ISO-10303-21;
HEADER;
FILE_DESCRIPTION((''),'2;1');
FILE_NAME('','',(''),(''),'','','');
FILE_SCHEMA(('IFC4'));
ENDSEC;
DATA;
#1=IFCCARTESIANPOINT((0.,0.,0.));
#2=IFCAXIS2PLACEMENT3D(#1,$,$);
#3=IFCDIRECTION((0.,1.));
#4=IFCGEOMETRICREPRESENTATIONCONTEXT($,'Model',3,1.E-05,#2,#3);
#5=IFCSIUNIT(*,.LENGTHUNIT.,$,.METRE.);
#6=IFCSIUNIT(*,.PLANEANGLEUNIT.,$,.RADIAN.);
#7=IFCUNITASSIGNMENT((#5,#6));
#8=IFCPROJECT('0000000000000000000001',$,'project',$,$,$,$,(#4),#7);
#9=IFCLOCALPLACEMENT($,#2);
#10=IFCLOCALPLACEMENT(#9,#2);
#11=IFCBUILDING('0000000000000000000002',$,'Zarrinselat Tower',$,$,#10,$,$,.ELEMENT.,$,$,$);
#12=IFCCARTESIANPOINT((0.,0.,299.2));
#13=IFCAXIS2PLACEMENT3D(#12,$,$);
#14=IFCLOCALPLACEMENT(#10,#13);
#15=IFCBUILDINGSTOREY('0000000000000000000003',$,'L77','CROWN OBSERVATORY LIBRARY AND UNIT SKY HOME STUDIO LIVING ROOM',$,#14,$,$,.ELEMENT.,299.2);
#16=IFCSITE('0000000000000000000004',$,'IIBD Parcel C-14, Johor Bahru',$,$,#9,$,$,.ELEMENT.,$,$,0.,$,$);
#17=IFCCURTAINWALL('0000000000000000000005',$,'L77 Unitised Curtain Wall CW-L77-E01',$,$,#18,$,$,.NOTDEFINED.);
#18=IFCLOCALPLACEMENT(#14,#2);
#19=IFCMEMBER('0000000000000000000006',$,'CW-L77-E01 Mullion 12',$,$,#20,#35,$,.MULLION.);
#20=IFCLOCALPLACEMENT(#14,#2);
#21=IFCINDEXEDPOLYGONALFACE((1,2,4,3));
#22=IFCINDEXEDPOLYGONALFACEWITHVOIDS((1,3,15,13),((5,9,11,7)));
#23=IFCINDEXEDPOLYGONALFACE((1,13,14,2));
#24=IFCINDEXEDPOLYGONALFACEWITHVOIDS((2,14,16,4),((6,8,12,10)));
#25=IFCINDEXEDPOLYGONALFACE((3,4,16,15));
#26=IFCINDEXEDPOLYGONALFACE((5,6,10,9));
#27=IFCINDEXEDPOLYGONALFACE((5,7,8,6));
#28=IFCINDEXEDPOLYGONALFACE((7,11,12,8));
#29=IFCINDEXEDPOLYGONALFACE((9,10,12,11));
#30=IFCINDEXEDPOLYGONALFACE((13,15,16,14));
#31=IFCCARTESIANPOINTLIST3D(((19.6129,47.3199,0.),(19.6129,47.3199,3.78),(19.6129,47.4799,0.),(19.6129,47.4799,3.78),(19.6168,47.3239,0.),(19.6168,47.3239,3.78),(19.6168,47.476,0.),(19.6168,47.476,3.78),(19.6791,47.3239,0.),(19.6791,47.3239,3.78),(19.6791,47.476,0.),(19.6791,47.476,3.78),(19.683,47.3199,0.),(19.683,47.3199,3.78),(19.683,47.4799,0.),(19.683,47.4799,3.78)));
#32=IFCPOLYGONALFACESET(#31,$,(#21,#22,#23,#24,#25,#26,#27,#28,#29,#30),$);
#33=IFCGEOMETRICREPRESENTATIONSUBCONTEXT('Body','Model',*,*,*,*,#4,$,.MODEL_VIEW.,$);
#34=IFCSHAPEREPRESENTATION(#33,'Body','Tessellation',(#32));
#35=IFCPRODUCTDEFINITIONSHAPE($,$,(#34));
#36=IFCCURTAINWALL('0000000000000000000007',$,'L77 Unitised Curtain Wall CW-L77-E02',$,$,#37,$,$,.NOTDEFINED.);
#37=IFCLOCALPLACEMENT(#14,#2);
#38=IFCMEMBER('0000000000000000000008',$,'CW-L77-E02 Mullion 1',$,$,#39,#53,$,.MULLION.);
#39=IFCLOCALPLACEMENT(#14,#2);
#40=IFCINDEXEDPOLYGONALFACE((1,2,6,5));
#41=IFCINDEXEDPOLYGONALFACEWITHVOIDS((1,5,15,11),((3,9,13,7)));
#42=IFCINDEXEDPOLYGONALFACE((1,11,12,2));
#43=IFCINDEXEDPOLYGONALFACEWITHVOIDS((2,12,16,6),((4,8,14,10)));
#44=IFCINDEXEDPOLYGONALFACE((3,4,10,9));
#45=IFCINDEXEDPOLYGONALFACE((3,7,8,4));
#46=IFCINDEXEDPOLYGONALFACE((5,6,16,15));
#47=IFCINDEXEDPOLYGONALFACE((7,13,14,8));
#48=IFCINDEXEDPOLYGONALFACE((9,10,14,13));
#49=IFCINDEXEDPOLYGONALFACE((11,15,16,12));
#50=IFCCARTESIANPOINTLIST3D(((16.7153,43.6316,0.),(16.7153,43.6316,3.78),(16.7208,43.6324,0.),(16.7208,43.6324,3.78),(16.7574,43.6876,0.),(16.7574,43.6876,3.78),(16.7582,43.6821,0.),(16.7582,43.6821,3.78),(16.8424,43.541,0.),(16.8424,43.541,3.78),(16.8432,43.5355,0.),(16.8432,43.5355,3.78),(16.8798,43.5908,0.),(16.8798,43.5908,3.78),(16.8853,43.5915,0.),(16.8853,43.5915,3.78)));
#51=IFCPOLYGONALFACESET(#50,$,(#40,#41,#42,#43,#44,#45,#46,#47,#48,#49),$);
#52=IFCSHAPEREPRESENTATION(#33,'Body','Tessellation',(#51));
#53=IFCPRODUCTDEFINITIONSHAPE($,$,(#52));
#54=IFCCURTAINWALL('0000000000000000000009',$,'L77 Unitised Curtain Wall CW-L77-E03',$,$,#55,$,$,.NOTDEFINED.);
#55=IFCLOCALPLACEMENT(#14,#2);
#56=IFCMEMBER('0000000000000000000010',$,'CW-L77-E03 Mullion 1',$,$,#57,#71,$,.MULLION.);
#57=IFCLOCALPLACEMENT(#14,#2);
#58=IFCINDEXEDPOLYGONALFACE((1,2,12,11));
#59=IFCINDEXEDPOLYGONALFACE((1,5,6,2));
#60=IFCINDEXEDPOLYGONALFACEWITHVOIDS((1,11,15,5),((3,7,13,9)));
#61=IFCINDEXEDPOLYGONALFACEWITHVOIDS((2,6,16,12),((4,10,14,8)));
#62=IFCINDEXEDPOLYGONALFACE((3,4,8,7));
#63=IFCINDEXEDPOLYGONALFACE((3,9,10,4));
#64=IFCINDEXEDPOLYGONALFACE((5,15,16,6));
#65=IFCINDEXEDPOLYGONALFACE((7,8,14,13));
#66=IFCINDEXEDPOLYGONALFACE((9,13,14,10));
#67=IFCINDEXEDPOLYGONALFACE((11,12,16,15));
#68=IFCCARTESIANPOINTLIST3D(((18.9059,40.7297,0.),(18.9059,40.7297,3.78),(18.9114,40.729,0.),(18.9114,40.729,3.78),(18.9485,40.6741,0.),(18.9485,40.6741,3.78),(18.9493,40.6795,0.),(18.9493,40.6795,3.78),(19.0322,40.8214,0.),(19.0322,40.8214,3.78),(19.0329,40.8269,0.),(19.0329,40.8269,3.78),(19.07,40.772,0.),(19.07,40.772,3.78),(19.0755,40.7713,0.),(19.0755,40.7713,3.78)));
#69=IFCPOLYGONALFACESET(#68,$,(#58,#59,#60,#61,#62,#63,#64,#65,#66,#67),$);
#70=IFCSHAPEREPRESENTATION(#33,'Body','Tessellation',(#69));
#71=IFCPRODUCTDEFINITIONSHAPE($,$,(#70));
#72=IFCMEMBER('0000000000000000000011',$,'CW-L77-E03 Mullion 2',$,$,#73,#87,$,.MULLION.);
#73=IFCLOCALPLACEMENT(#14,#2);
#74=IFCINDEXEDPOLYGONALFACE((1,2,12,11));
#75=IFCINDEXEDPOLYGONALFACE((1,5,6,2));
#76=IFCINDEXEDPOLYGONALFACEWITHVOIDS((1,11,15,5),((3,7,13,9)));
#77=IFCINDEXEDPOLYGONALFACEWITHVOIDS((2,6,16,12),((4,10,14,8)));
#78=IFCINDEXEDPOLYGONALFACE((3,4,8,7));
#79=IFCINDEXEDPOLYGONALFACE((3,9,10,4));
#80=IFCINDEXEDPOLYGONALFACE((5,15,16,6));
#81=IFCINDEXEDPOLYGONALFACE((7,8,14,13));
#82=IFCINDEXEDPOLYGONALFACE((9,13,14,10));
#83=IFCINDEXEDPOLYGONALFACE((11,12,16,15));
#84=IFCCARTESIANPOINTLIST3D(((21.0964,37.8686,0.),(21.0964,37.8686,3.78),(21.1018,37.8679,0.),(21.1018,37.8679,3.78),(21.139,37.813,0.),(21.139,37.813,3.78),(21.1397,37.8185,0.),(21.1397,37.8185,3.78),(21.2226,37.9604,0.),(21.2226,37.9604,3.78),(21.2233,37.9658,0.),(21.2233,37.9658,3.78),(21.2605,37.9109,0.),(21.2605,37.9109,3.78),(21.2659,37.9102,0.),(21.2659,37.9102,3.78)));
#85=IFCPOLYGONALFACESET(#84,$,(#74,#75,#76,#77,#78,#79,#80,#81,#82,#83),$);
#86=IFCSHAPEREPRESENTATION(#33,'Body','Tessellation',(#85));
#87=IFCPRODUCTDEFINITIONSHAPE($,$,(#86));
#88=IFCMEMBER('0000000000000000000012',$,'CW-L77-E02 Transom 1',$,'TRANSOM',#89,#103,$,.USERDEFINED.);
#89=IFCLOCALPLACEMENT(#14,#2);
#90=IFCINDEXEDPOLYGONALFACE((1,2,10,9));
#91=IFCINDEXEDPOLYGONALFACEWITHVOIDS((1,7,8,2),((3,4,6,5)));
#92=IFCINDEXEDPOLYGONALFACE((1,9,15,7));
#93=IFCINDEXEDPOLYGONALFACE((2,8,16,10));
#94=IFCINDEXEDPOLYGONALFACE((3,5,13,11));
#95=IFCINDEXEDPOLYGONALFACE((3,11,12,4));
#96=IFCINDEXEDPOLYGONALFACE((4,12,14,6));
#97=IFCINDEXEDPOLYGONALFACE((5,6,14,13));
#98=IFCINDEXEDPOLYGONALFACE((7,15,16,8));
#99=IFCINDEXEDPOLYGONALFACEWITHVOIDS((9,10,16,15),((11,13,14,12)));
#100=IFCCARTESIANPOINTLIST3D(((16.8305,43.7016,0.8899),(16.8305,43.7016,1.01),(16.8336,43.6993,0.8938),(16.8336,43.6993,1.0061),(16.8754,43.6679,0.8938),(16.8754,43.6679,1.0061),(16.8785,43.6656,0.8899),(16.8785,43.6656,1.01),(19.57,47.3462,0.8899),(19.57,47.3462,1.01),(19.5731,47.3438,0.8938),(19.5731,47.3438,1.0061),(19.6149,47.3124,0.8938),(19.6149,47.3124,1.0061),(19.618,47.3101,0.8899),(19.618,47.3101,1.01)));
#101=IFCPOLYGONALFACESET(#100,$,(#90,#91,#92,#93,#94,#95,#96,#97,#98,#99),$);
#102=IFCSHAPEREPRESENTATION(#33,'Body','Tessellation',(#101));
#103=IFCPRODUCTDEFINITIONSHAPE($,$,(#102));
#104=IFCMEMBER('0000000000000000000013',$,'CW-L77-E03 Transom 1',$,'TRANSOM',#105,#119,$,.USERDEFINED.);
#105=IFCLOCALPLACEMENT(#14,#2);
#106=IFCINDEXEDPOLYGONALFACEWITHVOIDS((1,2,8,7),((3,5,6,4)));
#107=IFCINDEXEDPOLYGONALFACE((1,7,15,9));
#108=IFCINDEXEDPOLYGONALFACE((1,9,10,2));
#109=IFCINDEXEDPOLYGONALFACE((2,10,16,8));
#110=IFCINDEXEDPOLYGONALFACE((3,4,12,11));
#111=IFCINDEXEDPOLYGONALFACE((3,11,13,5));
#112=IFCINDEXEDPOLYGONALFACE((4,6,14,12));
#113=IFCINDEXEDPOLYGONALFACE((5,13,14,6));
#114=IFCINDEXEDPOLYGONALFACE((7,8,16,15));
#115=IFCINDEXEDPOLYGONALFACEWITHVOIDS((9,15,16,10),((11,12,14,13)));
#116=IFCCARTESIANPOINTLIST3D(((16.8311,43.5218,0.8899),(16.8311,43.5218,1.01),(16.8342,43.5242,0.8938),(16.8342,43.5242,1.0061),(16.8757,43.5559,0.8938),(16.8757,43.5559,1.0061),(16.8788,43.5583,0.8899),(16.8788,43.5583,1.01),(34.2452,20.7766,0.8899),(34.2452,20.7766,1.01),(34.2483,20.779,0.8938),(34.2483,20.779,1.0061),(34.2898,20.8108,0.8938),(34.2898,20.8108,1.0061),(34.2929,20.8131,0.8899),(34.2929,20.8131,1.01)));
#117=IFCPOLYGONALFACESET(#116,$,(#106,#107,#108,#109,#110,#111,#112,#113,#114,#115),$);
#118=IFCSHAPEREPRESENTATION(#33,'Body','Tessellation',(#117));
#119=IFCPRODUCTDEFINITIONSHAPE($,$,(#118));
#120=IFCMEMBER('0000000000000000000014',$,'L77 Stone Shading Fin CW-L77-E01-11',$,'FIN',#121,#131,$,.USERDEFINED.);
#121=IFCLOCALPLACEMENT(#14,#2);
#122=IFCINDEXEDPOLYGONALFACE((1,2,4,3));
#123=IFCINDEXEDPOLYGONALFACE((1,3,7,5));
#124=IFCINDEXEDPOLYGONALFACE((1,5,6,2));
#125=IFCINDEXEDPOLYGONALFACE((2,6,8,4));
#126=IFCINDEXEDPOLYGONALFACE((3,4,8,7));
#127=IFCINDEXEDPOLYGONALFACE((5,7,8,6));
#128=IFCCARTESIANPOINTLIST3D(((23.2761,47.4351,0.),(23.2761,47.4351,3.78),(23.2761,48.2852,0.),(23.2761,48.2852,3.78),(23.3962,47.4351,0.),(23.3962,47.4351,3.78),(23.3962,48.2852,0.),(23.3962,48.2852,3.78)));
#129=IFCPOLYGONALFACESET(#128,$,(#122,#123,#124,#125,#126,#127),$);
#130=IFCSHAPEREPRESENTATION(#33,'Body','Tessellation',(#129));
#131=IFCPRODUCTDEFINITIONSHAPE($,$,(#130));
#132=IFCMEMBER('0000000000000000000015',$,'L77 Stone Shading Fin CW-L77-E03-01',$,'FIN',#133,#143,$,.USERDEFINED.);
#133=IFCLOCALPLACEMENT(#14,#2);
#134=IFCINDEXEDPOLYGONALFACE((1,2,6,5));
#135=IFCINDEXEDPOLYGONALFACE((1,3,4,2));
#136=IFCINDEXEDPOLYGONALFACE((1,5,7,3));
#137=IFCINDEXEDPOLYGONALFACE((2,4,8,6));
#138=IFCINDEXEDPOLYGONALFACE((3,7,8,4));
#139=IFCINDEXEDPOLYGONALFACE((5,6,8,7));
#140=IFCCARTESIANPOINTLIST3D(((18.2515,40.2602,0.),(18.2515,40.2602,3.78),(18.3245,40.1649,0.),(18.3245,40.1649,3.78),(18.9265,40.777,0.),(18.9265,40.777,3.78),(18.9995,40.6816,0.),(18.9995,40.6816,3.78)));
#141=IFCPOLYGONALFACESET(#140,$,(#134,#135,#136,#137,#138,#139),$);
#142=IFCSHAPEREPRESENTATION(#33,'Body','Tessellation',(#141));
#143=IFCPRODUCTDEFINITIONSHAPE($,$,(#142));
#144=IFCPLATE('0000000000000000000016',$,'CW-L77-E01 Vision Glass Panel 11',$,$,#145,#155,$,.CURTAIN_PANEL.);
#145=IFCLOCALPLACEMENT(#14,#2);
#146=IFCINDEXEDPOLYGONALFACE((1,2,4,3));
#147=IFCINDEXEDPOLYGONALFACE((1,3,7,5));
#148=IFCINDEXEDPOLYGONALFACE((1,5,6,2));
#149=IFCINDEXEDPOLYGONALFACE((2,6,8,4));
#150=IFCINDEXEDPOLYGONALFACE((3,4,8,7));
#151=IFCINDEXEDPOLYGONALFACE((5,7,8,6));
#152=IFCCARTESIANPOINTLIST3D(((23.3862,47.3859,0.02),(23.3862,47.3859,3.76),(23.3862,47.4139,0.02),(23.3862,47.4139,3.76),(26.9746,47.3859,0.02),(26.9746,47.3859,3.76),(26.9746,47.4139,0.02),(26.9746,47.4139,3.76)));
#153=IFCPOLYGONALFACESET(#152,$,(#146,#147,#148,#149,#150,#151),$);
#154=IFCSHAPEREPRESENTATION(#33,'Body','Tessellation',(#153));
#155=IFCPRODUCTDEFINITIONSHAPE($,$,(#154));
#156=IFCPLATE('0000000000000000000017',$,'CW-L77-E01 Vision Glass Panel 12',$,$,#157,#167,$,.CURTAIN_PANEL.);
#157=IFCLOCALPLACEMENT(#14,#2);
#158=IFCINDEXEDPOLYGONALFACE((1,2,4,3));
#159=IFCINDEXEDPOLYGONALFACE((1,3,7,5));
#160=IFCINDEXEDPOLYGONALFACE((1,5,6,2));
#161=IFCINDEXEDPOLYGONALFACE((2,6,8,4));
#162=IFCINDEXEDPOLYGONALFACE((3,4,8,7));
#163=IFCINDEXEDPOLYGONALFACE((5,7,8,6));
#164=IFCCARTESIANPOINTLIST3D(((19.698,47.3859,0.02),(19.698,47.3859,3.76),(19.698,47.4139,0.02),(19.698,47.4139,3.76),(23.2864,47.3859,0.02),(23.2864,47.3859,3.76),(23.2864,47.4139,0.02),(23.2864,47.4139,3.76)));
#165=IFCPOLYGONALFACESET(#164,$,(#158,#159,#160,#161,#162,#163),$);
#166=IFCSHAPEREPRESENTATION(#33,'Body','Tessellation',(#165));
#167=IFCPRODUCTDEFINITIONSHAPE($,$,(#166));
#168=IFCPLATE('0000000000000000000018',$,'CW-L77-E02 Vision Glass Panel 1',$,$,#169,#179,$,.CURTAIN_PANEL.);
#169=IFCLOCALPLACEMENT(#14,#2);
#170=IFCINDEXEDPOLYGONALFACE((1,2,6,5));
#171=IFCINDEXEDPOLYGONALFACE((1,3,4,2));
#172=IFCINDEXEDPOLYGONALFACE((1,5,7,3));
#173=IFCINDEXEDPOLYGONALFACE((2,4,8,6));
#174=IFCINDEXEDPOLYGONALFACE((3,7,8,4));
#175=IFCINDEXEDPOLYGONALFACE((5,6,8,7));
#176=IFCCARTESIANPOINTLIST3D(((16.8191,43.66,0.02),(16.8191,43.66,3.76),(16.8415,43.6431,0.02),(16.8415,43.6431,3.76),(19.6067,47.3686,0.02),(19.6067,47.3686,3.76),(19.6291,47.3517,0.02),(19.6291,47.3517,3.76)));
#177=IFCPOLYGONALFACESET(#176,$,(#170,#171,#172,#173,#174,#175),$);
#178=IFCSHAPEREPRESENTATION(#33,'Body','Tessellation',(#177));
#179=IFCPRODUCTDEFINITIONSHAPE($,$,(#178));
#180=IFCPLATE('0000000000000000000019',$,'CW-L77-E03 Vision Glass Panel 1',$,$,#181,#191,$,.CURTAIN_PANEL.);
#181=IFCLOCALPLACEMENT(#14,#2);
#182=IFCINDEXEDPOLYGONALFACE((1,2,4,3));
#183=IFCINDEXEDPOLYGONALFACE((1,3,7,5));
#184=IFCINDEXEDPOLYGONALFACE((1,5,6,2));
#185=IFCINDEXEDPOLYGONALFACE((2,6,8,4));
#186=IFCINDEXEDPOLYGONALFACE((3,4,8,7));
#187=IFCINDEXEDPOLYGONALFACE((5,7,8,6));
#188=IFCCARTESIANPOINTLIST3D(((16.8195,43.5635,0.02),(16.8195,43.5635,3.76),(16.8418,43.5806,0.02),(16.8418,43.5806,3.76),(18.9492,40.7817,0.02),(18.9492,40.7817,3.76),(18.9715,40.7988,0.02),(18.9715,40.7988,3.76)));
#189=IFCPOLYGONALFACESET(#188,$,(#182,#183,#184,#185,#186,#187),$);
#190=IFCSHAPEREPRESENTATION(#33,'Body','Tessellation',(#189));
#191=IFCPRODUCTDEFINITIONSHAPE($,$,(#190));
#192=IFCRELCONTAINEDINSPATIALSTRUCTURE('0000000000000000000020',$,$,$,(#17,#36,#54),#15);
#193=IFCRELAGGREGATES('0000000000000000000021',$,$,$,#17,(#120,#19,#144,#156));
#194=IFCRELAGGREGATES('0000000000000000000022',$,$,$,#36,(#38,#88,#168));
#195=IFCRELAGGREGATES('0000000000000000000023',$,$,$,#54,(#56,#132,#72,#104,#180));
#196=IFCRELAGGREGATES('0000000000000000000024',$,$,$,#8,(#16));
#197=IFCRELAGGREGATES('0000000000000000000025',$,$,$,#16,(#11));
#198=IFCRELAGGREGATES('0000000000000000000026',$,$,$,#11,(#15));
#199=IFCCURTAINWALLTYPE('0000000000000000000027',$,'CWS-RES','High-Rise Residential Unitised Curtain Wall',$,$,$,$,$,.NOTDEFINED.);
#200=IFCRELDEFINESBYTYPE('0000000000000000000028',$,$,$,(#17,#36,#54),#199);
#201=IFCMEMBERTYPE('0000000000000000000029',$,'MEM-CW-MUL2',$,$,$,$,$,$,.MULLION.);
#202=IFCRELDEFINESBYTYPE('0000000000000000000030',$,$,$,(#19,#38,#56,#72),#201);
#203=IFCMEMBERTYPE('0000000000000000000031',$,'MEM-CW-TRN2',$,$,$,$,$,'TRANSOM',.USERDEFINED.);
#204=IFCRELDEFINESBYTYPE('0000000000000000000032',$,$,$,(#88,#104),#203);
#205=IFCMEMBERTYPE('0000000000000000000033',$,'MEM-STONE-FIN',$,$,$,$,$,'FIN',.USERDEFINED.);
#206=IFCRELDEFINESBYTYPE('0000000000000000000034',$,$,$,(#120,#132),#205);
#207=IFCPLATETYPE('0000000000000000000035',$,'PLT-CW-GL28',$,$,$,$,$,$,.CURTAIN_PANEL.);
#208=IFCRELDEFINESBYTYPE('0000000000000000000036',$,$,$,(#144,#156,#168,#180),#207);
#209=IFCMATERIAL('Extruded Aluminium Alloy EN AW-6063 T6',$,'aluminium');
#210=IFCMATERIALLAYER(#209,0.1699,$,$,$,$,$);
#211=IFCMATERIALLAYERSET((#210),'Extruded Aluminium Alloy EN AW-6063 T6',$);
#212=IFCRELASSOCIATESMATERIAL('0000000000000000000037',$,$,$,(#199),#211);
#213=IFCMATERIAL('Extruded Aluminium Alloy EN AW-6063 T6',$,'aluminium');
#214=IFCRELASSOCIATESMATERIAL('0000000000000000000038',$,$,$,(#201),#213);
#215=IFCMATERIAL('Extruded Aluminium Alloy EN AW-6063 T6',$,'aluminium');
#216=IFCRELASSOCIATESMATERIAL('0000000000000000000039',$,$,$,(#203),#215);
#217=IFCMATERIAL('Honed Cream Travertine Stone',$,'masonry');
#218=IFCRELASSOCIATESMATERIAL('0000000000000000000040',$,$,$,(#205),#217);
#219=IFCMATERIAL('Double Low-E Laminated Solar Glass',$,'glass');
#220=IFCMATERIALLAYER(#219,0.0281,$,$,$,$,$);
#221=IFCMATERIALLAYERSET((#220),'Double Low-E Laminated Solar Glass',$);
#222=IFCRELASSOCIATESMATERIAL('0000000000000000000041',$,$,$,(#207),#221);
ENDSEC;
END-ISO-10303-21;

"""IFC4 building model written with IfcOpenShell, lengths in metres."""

from ifc_helpers import new_model, si_unit, direction, frame, origin, origin_2d, place, context, subcontext, project, spatial, rectangle, hollow_rectangle, extrude, material, layer, layer_set, material_profile, profile_set, type_object, element, aggregate, save


model = new_model("IFC4")

# Units and contexts
model_context = context("Model", 3, precision=1e-05, world=origin(), true_north=direction((0.0, 1.0)))
body_context = subcontext(model_context, "Body", "Model", "MODEL_VIEW")
ifc_project = project(units=[si_unit("LENGTHUNIT", "METRE"), si_unit("PLANEANGLEUNIT", "RADIAN")], contexts=[model_context])

# Site, building, storey
site_placement = place(None, origin())
site = spatial("IfcSite", under=ifc_project, at=site_placement, Name="IIBD Parcel C-14, Johor Bahru", CompositionType="ELEMENT", RefElevation=0.0)
building_placement = place(site_placement, origin())
building = spatial("IfcBuilding", under=site, at=building_placement, Name="Zarrinselat Tower", CompositionType="ELEMENT")
storey_placement = place(building_placement, frame((0.0, 0.0, 299.2)))
storey = spatial("IfcBuildingStorey", under=building, at=storey_placement, Name="L77", Description="CROWN OBSERVATORY LIBRARY AND UNIT SKY HOME STUDIO LIVING ROOM", CompositionType="ELEMENT", Elevation=299.2)

# Curtain wall, member
ifc_material_1 = material(Name="Extruded Aluminium Alloy EN AW-6063 T6", Category="aluminium")
ifc_layer_1 = layer(ifc_material_1, 0.1699)
ifc_layer_set_1 = layer_set([ifc_layer_1], Name="Extruded Aluminium Alloy EN AW-6063 T6")
curtain_wall_type = type_object("IfcCurtainWallType", Name="CWS-RES", Description="High-Rise Residential Unitised Curtain Wall", PredefinedType="NOTDEFINED", material=ifc_layer_set_1)
curtain_wall_1_placement = place(storey_placement, origin())
curtain_wall_1 = element("IfcCurtainWall", 1, at=curtain_wall_1_placement, inside=storey, type_object=curtain_wall_type, Name="L77 Unitised Curtain Wall CW-L77-E01", PredefinedType="NOTDEFINED")
ifc_material_2 = material(Name="Extruded Aluminium Alloy EN AW-6063 T6", Category="aluminium")
ifc_material_profile_1 = material_profile(ifc_material_2, hollow_rectangle(XDim=0.0701, YDim=0.1599, WallThickness=0.0039, at=origin_2d()), Name="RHS 160x70x4")
ifc_profile_set_1 = profile_set([ifc_material_profile_1], Name="Extruded Aluminium Alloy EN AW-6063 T6")
member_type_1 = type_object("IfcMemberType", Name="MEM-CW-MUL2", PredefinedType="MULLION", material=ifc_profile_set_1)
member_1_placement = place(storey_placement, frame((19.6479, 47.3999, 0.0), z_axis=(0.0, 0.0, 1.0), x_axis=(-1.0, 0.0, 0.0)))
member_1 = element("IfcMember", 2, at=member_1_placement, type_object=member_type_1, Name="CW-L77-E01 Mullion 12", PredefinedType="MULLION", context=body_context, shape_type="SweptSolid", body=[
    extrude(hollow_rectangle(XDim=0.0701, YDim=0.1599, WallThickness=0.0039, at=origin_2d()), origin(), (0.0, 0.0, 1.0), 3.78),
])

# Curtain wall, member
curtain_wall_2_placement = place(storey_placement, origin())
curtain_wall_2 = element("IfcCurtainWall", 3, at=curtain_wall_2_placement, inside=storey, type_object=curtain_wall_type, Name="L77 Unitised Curtain Wall CW-L77-E02", PredefinedType="NOTDEFINED")
member_2_placement = place(storey_placement, frame((16.8003, 43.6116, 0.0), z_axis=(0.0, 0.0, 1.0), x_axis=(-0.60085, -0.799361, 0.0)))
member_2 = element("IfcMember", 4, at=member_2_placement, type_object=member_type_1, Name="CW-L77-E02 Mullion 1", PredefinedType="MULLION", context=body_context, shape_type="SweptSolid", body=[
    extrude(hollow_rectangle(XDim=0.0701, YDim=0.1599, WallThickness=0.0039, at=origin_2d()), origin(), (0.0, 0.0, 1.0), 3.78),
])

# Curtain wall, members
curtain_wall_3_placement = place(storey_placement, origin())
curtain_wall_3 = element("IfcCurtainWall", 5, at=curtain_wall_3_placement, inside=storey, type_object=curtain_wall_type, Name="L77 Unitised Curtain Wall CW-L77-E03", PredefinedType="NOTDEFINED")
member_3_placement = place(storey_placement, frame((18.9907, 40.7505, 0.0), z_axis=(0.0, 0.0, 1.0), x_axis=(0.607898, -0.794015, 0.0)))
member_3 = element("IfcMember", 6, at=member_3_placement, type_object=member_type_1, Name="CW-L77-E03 Mullion 1", PredefinedType="MULLION", context=body_context, shape_type="SweptSolid", body=[
    extrude(hollow_rectangle(XDim=0.0701, YDim=0.1599, WallThickness=0.0039, at=origin_2d()), origin(), (0.0, 0.0, 1.0), 3.78),
])
member_4_placement = place(storey_placement, frame((21.1812, 37.8894, 0.0), z_axis=(0.0, 0.0, 1.0), x_axis=(0.607898, -0.794015, 0.0)))
member_4 = element("IfcMember", 7, at=member_4_placement, type_object=member_type_1, Name="CW-L77-E03 Mullion 2", PredefinedType="MULLION", context=body_context, shape_type="SweptSolid", body=[
    extrude(hollow_rectangle(XDim=0.0701, YDim=0.1599, WallThickness=0.0039, at=origin_2d()), origin(), (0.0, 0.0, 1.0), 3.78),
])

# Members
ifc_material_3 = material(Name="Extruded Aluminium Alloy EN AW-6063 T6", Category="aluminium")
ifc_material_profile_2 = material_profile(ifc_material_3, hollow_rectangle(XDim=0.0601, YDim=0.1201, WallThickness=0.0039, at=origin_2d()), Name="RHS 120x60x4")
ifc_profile_set_2 = profile_set([ifc_material_profile_2], Name="Extruded Aluminium Alloy EN AW-6063 T6")
member_type_2 = type_object("IfcMemberType", Name="MEM-CW-TRN2", ElementType="TRANSOM", PredefinedType="USERDEFINED", material=ifc_profile_set_2)
member_5_placement = place(storey_placement, frame((19.594, 47.3281, 0.95), z_axis=(-0.600856, -0.799357, 0.0), x_axis=(0.799357, -0.600856, 0.0)))
member_5 = element("IfcMember", 8, at=member_5_placement, type_object=member_type_2, Name="CW-L77-E02 Transom 1", ObjectType="TRANSOM", PredefinedType="USERDEFINED", context=body_context, shape_type="SweptSolid", body=[
    extrude(hollow_rectangle(XDim=0.0601, YDim=0.1201, WallThickness=0.0039, at=origin_2d()), origin(), (0.0, 0.0, 1.0), 4.5593),
])
member_6_placement = place(storey_placement, frame((16.855, 43.54, 0.95), z_axis=(0.607907, -0.794008, 0.0), x_axis=(0.794008, 0.607907, 0.0)))
member_6 = element("IfcMember", 9, at=member_6_placement, type_object=member_type_2, Name="CW-L77-E03 Transom 1", ObjectType="TRANSOM", PredefinedType="USERDEFINED", context=body_context, shape_type="SweptSolid", body=[
    extrude(hollow_rectangle(XDim=0.0601, YDim=0.1201, WallThickness=0.0039, at=origin_2d()), origin(), (0.0, 0.0, 1.0), 28.646),
])
ifc_material_4 = material(Name="Honed Cream Travertine Stone", Category="masonry")
ifc_material_profile_3 = material_profile(ifc_material_4, rectangle(XDim=0.1201, YDim=0.8501, at=origin_2d()), Name="FIN 850x120")
ifc_profile_set_3 = profile_set([ifc_material_profile_3], Name="Honed Cream Travertine Stone")
member_type_3 = type_object("IfcMemberType", Name="MEM-STONE-FIN", ElementType="FIN", PredefinedType="USERDEFINED", material=ifc_profile_set_3)
member_7_placement = place(storey_placement, frame((23.3362, 47.8601, 0.0), z_axis=(0.0, 0.0, 1.0), x_axis=(1.0, 0.0, 0.0)))
member_7 = element("IfcMember", 10, at=member_7_placement, type_object=member_type_3, Name="L77 Stone Shading Fin CW-L77-E01-11", ObjectType="FIN", PredefinedType="USERDEFINED", context=body_context, shape_type="SweptSolid", body=[
    extrude(rectangle(XDim=0.1201, YDim=0.8501, at=origin_2d()), origin(), (0.0, 0.0, 1.0), 3.78),
])
member_8_placement = place(storey_placement, frame((18.6255, 40.4709, 0.0), z_axis=(0.0, 0.0, 1.0), x_axis=(-0.607898, 0.794015, 0.0)))
member_8 = element("IfcMember", 11, at=member_8_placement, type_object=member_type_3, Name="L77 Stone Shading Fin CW-L77-E03-01", ObjectType="FIN", PredefinedType="USERDEFINED", context=body_context, shape_type="SweptSolid", body=[
    extrude(rectangle(XDim=0.1201, YDim=0.8501, at=origin_2d()), origin(), (0.0, 0.0, 1.0), 3.78),
])

# Plates
ifc_material_5 = material(Name="Double Low-E Laminated Solar Glass", Category="glass")
ifc_layer_2 = layer(ifc_material_5, 0.0281)
ifc_layer_set_2 = layer_set([ifc_layer_2], Name="Double Low-E Laminated Solar Glass")
plate_type = type_object("IfcPlateType", Name="PLT-CW-GL28", PredefinedType="CURTAIN_PANEL", material=ifc_layer_set_2)
plate_1_placement = place(storey_placement, frame((25.1804, 47.3999, 0.02), z_axis=(0.0, 0.0, 1.0), x_axis=(-1.0, 0.0, 0.0)))
plate_1 = element("IfcPlate", 12, at=plate_1_placement, type_object=plate_type, Name="CW-L77-E01 Vision Glass Panel 11", PredefinedType="CURTAIN_PANEL", context=body_context, shape_type="SweptSolid", body=[
    extrude(rectangle(XDim=3.5884, YDim=0.0281, at=origin_2d()), origin(), (0.0, 0.0, 1.0), 3.74),
])
plate_2_placement = place(storey_placement, frame((21.4922, 47.3999, 0.02), z_axis=(0.0, 0.0, 1.0), x_axis=(-1.0, 0.0, 0.0)))
plate_2 = element("IfcPlate", 13, at=plate_2_placement, type_object=plate_type, Name="CW-L77-E01 Vision Glass Panel 12", PredefinedType="CURTAIN_PANEL", context=body_context, shape_type="SweptSolid", body=[
    extrude(rectangle(XDim=3.5884, YDim=0.0281, at=origin_2d()), origin(), (0.0, 0.0, 1.0), 3.74),
])
aggregate(curtain_wall_1, [member_7, member_1, plate_1, plate_2])
plate_3_placement = place(storey_placement, frame((18.2241, 45.5059, 0.02), z_axis=(0.0, 0.0, 1.0), x_axis=(-0.60085, -0.799361, 0.0)))
plate_3 = element("IfcPlate", 14, at=plate_3_placement, type_object=plate_type, Name="CW-L77-E02 Vision Glass Panel 1", PredefinedType="CURTAIN_PANEL", context=body_context, shape_type="SweptSolid", body=[
    extrude(rectangle(XDim=4.6394, YDim=0.0281, at=origin_2d()), origin(), (0.0, 0.0, 1.0), 3.74),
])
aggregate(curtain_wall_2, [member_2, member_5, plate_3])
plate_4_placement = place(storey_placement, frame((17.8955, 42.1812, 0.02), z_axis=(0.0, 0.0, 1.0), x_axis=(0.607898, -0.794015, 0.0)))
plate_4 = element("IfcPlate", 15, at=plate_4_placement, type_object=plate_type, Name="CW-L77-E03 Vision Glass Panel 1", PredefinedType="CURTAIN_PANEL", context=body_context, shape_type="SweptSolid", body=[
    extrude(rectangle(XDim=3.5034, YDim=0.0281, at=origin_2d()), origin(), (0.0, 0.0, 1.0), 3.74),
])
aggregate(curtain_wall_3, [member_3, member_8, member_4, member_6, plate_4])

save(model, "model.ifc")
